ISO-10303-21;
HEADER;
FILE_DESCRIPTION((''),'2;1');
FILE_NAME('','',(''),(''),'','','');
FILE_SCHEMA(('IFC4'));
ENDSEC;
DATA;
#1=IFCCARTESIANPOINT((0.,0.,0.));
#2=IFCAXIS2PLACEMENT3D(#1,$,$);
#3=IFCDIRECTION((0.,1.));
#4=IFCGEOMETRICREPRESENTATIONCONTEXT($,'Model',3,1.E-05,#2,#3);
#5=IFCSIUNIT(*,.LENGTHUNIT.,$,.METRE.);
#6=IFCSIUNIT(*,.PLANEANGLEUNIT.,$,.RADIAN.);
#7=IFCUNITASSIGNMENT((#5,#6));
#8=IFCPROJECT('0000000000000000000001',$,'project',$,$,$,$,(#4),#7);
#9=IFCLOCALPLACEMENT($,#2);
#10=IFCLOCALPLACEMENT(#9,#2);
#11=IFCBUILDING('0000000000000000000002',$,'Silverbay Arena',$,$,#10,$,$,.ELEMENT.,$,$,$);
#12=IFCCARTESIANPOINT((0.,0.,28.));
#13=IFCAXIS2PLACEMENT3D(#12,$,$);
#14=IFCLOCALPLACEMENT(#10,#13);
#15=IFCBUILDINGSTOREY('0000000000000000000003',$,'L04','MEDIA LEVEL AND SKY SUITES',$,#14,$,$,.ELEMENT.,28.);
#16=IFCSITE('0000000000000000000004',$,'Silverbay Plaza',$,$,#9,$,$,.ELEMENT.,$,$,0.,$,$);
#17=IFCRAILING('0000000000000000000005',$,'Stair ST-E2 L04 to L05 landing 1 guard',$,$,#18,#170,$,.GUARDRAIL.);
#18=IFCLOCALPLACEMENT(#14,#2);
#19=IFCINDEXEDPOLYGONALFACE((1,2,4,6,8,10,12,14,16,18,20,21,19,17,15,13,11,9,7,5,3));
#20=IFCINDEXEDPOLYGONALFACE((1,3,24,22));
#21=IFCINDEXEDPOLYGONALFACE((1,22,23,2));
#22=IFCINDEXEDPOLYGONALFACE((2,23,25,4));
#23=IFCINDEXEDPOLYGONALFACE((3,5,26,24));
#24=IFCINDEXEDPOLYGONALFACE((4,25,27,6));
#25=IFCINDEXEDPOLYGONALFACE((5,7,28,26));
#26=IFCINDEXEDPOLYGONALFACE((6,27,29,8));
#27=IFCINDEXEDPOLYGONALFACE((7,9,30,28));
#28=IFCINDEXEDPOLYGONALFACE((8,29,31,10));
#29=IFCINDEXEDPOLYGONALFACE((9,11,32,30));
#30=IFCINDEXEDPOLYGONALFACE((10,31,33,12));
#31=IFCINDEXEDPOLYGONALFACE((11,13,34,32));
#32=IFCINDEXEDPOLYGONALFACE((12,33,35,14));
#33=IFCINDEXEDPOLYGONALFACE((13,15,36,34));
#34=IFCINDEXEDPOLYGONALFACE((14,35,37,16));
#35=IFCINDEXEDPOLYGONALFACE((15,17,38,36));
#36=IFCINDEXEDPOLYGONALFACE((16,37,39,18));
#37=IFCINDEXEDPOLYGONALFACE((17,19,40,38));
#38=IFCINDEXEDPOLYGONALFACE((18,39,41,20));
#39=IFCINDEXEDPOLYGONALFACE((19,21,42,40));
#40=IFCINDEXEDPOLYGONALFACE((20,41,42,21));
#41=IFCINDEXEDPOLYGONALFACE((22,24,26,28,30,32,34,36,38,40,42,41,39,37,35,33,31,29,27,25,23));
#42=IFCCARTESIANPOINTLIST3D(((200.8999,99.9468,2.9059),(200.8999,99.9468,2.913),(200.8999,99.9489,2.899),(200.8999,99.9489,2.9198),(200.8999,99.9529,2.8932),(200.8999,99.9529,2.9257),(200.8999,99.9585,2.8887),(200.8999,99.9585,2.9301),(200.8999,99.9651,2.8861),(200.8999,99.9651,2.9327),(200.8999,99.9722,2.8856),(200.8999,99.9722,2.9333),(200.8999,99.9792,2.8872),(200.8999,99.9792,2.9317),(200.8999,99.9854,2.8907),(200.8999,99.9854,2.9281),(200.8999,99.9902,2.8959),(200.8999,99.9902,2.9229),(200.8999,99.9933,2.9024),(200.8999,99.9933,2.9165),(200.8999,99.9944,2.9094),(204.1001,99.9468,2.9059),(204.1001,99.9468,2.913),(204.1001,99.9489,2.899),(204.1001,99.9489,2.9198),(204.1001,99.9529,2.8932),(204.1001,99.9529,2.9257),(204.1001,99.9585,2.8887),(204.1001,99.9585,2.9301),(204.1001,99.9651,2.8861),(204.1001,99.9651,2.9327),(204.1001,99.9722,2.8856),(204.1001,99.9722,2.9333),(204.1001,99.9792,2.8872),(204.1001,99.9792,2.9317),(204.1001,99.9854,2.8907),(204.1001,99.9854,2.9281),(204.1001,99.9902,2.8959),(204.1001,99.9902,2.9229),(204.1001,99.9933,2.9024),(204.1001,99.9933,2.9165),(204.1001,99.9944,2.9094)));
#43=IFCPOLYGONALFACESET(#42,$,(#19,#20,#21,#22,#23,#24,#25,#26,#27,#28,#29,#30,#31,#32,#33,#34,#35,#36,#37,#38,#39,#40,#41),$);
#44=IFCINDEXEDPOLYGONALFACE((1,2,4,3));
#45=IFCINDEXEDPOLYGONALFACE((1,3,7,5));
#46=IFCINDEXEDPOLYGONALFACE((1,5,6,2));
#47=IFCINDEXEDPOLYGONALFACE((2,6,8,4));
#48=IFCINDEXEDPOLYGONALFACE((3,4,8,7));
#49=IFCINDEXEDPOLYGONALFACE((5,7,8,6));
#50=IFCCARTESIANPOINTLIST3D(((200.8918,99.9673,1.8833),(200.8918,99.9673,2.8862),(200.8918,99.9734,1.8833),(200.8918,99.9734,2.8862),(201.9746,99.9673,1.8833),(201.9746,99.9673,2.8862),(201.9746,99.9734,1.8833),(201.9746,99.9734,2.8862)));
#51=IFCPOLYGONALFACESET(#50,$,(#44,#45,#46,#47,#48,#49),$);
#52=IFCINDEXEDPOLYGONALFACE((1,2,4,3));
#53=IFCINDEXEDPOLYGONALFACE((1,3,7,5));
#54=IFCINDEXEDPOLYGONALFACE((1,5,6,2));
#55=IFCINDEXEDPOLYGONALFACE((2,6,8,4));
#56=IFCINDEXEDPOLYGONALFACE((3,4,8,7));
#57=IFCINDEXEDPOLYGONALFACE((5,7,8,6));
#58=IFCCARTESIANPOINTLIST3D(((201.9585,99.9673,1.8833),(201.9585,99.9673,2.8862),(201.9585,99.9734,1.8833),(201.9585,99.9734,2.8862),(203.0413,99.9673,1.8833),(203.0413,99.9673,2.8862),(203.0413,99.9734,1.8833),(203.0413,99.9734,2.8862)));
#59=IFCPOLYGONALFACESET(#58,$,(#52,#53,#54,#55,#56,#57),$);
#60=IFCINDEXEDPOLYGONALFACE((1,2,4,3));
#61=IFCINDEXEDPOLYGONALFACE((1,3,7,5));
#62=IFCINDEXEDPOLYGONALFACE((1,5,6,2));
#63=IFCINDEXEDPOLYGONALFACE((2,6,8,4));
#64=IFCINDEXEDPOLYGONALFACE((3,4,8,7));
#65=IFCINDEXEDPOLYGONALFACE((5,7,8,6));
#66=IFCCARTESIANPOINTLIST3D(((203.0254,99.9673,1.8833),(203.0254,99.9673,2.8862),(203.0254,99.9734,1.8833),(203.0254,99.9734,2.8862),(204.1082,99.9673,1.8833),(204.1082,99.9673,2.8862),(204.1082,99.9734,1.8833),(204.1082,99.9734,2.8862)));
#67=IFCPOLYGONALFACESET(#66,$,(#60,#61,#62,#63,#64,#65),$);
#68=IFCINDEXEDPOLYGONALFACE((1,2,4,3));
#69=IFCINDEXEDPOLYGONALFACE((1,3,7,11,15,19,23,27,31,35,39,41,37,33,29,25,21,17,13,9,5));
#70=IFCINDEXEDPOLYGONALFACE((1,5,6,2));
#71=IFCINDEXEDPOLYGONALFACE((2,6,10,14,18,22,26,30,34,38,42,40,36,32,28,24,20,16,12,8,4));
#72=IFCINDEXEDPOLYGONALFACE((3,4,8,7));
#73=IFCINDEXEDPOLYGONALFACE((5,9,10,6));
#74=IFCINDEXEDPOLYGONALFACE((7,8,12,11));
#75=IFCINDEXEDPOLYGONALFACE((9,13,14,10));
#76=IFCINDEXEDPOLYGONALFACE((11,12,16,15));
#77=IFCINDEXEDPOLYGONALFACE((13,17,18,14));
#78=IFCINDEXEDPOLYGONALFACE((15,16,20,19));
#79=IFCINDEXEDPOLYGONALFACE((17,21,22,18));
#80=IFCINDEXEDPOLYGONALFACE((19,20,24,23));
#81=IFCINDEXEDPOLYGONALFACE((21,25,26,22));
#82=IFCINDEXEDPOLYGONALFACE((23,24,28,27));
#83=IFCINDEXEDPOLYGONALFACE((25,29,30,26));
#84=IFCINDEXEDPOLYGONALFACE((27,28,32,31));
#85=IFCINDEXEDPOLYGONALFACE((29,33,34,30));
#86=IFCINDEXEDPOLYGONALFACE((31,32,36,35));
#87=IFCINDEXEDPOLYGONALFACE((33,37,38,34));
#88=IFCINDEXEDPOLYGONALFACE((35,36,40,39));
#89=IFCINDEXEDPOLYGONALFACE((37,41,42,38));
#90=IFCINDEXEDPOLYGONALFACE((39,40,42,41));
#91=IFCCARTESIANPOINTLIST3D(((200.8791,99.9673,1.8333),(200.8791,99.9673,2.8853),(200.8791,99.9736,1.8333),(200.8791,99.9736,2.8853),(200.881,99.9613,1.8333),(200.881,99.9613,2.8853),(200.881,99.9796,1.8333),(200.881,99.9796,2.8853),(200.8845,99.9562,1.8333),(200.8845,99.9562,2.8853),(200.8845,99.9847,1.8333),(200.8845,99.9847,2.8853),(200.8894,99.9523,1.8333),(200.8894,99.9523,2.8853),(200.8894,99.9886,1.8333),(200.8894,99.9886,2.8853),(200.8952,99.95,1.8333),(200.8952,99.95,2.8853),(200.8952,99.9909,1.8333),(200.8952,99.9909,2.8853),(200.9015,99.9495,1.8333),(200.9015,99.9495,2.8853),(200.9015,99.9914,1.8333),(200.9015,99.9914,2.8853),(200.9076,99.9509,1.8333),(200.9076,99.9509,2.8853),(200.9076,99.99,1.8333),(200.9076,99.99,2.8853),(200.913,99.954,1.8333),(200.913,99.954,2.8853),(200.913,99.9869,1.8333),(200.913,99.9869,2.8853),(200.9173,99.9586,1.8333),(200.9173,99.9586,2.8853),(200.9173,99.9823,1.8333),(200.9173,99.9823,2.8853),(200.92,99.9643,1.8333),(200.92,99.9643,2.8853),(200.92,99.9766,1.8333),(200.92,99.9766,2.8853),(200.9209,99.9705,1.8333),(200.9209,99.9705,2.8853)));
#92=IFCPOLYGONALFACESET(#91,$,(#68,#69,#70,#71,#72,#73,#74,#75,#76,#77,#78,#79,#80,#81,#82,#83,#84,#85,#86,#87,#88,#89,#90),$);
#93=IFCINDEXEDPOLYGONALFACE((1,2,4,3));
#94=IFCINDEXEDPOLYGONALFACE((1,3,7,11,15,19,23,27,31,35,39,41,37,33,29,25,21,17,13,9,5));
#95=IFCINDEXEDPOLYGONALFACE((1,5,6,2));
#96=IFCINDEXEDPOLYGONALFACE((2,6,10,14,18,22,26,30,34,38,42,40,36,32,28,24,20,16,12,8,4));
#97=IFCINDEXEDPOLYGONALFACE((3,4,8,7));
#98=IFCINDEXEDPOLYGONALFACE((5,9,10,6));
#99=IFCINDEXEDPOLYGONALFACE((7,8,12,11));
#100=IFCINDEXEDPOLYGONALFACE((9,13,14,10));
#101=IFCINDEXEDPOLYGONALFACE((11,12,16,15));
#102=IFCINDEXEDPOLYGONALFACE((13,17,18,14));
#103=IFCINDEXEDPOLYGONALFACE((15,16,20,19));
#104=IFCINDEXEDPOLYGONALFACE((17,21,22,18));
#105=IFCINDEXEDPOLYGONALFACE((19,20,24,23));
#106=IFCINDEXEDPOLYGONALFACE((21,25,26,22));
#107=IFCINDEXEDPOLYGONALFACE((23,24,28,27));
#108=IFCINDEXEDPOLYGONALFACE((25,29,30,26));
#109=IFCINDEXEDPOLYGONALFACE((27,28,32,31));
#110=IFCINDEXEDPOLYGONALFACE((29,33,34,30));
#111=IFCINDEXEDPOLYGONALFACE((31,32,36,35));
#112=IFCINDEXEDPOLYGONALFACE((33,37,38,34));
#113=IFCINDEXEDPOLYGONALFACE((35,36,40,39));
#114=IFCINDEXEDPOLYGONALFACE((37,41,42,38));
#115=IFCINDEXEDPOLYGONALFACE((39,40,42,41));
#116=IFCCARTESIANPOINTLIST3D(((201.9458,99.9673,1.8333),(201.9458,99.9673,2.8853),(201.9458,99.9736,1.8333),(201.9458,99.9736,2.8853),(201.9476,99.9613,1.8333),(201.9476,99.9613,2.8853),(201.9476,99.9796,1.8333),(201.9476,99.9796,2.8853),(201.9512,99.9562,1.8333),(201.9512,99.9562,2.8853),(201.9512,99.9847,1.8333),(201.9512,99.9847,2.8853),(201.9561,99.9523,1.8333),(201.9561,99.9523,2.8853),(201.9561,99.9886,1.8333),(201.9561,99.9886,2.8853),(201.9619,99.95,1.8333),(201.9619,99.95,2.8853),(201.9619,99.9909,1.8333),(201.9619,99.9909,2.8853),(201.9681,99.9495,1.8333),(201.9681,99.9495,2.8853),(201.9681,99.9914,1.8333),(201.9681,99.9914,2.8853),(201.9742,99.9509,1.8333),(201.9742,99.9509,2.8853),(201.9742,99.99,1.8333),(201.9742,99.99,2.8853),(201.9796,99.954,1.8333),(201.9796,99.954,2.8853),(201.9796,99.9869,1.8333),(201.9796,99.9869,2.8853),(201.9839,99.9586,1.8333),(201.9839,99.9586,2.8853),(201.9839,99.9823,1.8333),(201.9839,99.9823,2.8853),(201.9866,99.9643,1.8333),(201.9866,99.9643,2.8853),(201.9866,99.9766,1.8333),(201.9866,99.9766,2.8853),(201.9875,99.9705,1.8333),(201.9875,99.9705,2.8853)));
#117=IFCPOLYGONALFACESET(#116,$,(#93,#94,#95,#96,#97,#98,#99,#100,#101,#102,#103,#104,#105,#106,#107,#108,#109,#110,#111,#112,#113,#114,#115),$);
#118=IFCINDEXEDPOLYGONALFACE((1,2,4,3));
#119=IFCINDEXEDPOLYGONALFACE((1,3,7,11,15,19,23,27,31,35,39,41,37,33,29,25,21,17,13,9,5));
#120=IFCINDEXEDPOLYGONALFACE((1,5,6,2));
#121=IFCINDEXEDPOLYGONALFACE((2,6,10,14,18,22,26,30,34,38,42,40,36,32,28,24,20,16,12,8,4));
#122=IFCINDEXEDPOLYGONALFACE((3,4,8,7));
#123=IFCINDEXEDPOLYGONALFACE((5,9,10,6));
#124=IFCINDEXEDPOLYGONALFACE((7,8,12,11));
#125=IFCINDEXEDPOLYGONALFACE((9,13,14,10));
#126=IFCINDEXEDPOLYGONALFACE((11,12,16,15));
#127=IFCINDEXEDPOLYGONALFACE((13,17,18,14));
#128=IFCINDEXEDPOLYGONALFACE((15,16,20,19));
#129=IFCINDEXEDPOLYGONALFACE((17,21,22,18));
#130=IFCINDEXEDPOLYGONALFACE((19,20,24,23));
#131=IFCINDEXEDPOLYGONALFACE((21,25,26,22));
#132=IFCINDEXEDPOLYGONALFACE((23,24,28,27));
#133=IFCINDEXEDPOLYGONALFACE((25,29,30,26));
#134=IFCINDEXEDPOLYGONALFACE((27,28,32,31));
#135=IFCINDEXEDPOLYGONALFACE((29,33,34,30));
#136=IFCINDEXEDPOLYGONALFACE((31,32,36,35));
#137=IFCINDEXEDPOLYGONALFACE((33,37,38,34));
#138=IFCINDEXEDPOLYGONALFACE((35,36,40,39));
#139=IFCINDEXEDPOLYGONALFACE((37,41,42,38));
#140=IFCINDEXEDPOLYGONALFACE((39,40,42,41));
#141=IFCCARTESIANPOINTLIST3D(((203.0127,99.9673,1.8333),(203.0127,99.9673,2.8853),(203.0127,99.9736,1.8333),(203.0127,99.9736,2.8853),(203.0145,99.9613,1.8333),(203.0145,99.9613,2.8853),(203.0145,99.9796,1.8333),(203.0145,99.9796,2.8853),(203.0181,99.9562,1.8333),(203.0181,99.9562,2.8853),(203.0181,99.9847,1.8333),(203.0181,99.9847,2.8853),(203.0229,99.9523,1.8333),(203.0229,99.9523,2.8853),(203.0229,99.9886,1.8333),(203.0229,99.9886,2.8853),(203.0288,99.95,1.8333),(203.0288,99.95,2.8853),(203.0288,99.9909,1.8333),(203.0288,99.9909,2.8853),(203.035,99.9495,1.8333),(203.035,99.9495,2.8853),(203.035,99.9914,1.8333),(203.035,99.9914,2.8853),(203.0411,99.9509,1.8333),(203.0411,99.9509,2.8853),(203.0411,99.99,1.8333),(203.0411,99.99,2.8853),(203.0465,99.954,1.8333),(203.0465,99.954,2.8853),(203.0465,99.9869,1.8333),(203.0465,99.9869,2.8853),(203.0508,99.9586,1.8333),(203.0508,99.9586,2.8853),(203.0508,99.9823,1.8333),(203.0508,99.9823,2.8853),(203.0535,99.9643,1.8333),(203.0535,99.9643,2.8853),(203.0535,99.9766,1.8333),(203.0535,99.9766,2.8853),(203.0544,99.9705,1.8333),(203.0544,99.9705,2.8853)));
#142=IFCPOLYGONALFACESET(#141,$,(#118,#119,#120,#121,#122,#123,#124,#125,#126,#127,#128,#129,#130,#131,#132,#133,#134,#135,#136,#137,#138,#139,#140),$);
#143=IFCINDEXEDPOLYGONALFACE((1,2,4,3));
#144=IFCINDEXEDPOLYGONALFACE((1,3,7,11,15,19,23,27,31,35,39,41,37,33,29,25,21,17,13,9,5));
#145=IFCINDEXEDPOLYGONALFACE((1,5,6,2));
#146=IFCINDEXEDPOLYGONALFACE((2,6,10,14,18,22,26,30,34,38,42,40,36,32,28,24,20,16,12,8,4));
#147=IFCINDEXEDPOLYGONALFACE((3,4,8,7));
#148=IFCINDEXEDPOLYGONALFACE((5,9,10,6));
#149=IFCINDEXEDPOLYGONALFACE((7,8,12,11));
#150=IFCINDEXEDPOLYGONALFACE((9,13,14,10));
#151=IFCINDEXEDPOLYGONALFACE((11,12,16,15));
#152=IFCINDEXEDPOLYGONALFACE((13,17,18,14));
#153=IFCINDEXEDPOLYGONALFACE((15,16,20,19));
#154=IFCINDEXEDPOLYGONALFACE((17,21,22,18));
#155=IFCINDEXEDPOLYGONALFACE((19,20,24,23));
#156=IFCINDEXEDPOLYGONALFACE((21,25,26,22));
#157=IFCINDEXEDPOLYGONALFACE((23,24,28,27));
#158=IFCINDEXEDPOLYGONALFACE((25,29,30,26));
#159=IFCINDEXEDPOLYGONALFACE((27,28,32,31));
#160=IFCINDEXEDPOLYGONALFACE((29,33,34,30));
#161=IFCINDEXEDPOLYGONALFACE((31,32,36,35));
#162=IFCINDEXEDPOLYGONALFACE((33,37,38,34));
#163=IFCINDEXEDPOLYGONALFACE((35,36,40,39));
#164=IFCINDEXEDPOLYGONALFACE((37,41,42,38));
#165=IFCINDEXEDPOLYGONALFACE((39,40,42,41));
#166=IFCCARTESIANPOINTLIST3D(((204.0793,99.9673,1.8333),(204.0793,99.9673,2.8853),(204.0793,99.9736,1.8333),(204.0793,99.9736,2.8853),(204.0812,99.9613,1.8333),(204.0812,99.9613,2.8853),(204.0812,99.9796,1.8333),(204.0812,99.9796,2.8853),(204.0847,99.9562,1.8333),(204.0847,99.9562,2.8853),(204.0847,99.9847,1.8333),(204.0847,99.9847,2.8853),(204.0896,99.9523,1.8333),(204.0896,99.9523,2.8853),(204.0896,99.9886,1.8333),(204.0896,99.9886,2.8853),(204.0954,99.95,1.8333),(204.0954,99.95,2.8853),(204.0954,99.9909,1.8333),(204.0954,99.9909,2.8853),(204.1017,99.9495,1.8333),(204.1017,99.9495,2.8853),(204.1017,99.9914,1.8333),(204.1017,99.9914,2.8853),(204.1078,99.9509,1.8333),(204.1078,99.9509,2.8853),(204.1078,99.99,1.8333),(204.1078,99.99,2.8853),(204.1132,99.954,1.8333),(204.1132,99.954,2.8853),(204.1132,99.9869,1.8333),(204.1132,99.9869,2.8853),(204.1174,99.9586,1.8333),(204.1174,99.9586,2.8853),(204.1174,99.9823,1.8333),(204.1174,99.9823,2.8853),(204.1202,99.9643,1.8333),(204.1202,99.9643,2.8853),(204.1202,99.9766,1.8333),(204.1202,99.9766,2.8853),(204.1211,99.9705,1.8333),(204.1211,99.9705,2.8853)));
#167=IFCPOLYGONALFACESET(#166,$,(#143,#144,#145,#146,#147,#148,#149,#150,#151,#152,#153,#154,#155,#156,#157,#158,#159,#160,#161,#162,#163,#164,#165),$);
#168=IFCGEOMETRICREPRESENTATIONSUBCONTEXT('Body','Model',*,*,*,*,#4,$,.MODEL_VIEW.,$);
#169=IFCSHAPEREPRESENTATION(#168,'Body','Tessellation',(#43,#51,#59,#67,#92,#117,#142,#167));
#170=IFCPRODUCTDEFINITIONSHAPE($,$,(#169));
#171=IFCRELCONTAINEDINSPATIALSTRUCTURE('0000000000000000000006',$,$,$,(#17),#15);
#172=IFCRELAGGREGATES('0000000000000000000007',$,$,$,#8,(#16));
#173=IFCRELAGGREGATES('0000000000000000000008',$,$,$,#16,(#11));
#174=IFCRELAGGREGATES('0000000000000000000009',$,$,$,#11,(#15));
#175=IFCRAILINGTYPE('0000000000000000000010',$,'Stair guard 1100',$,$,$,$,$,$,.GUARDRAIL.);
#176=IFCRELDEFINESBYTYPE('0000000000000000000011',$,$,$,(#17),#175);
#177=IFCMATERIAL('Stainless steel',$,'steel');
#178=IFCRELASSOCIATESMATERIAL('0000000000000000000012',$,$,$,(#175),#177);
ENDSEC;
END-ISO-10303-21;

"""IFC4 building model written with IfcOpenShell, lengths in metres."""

from ifc_helpers import new_model, si_unit, direction, frame, origin, origin_2d, place, context, subcontext, project, spatial, polyline, circle, outline, extrude, material, type_object, element, save


model = new_model("IFC4")

# Units and contexts
model_context = context("Model", 3, precision=1e-05, world=origin(), true_north=direction((0.0, 1.0)))
body_context = subcontext(model_context, "Body", "Model", "MODEL_VIEW")
ifc_project = project(units=[si_unit("LENGTHUNIT", "METRE"), si_unit("PLANEANGLEUNIT", "RADIAN")], contexts=[model_context])

# Site, building, storey
site_placement = place(None, origin())
site = spatial("IfcSite", under=ifc_project, at=site_placement, Name="Silverbay Plaza", CompositionType="ELEMENT", RefElevation=0.0)
building_placement = place(site_placement, origin())
building = spatial("IfcBuilding", under=site, at=building_placement, Name="Silverbay Arena", CompositionType="ELEMENT")
storey_placement = place(building_placement, frame((0.0, 0.0, 28.0)))
storey = spatial("IfcBuildingStorey", under=building, at=storey_placement, Name="L04", Description="MEDIA LEVEL AND SKY SUITES", CompositionType="ELEMENT", Elevation=28.0)

# Railing
ifc_material_1 = material(Name="Stainless steel", Category="steel")
railing_type_1 = type_object("IfcRailingType", Name="Stair guard 1100", PredefinedType="GUARDRAIL", material=ifc_material_1)
railing_1_placement = place(storey_placement, frame((200.8999, 99.9705, 1.8333)))
element("IfcRailing", 1, at=railing_1_placement, inside=storey, type_object=railing_type_1, Name="Stair ST-E2 L04 to L05 landing 1 guard", PredefinedType="GUARDRAIL", context=body_context, shape_type="SweptSolid", body=[
    extrude(circle(Radius=0.0239, at=origin_2d()), frame((0.0, 0.0, 1.0762), z_axis=(1.0, 0.0, 0.0), x_axis=(0.0, 1.0, 0.0)), (0.0, 0.0, 1.0), 3.2002),
    extrude(outline(polyline([(-0.0081, 0.05), (1.0747, 0.05), (1.0747, 1.053), (-0.0081, 1.053), (-0.0081, 0.05)])), frame((0.0, 0.0029, 0.0), z_axis=(0.0, -1.0, 0.0), x_axis=(1.0, 0.0, 0.0)), (0.0, 0.0, 1.0), 0.0061),
    extrude(outline(polyline([(-0.0081, 0.05), (1.0747, 0.05), (1.0747, 1.053), (-0.0081, 1.053), (-0.0081, 0.05)])), frame((1.0667, 0.0029, 0.0), z_axis=(0.0, -1.0, 0.0), x_axis=(1.0, 0.0, 0.0)), (0.0, 0.0, 1.0), 0.0061),
    extrude(outline(polyline([(-0.0081, 0.05), (1.0747, 0.05), (1.0747, 1.053), (-0.0081, 1.053), (-0.0081, 0.05)])), frame((2.1335, 0.0029, 0.0), z_axis=(0.0, -1.0, 0.0), x_axis=(1.0, 0.0, 0.0)), (0.0, 0.0, 1.0), 0.0061),
    extrude(circle(Radius=0.021, at=origin_2d()), origin(), (0.0, 0.0, 1.0), 1.052),
    extrude(circle(Radius=0.021, at=origin_2d()), frame((1.0667, 0.0, 0.0)), (0.0, 0.0, 1.0), 1.052),
    extrude(circle(Radius=0.021, at=origin_2d()), frame((2.1335, 0.0, 0.0)), (0.0, 0.0, 1.0), 1.052),
    extrude(circle(Radius=0.021, at=origin_2d()), frame((3.2002, 0.0, 0.0)), (0.0, 0.0, 1.0), 1.052),
])

save(model, "model.ifc")
